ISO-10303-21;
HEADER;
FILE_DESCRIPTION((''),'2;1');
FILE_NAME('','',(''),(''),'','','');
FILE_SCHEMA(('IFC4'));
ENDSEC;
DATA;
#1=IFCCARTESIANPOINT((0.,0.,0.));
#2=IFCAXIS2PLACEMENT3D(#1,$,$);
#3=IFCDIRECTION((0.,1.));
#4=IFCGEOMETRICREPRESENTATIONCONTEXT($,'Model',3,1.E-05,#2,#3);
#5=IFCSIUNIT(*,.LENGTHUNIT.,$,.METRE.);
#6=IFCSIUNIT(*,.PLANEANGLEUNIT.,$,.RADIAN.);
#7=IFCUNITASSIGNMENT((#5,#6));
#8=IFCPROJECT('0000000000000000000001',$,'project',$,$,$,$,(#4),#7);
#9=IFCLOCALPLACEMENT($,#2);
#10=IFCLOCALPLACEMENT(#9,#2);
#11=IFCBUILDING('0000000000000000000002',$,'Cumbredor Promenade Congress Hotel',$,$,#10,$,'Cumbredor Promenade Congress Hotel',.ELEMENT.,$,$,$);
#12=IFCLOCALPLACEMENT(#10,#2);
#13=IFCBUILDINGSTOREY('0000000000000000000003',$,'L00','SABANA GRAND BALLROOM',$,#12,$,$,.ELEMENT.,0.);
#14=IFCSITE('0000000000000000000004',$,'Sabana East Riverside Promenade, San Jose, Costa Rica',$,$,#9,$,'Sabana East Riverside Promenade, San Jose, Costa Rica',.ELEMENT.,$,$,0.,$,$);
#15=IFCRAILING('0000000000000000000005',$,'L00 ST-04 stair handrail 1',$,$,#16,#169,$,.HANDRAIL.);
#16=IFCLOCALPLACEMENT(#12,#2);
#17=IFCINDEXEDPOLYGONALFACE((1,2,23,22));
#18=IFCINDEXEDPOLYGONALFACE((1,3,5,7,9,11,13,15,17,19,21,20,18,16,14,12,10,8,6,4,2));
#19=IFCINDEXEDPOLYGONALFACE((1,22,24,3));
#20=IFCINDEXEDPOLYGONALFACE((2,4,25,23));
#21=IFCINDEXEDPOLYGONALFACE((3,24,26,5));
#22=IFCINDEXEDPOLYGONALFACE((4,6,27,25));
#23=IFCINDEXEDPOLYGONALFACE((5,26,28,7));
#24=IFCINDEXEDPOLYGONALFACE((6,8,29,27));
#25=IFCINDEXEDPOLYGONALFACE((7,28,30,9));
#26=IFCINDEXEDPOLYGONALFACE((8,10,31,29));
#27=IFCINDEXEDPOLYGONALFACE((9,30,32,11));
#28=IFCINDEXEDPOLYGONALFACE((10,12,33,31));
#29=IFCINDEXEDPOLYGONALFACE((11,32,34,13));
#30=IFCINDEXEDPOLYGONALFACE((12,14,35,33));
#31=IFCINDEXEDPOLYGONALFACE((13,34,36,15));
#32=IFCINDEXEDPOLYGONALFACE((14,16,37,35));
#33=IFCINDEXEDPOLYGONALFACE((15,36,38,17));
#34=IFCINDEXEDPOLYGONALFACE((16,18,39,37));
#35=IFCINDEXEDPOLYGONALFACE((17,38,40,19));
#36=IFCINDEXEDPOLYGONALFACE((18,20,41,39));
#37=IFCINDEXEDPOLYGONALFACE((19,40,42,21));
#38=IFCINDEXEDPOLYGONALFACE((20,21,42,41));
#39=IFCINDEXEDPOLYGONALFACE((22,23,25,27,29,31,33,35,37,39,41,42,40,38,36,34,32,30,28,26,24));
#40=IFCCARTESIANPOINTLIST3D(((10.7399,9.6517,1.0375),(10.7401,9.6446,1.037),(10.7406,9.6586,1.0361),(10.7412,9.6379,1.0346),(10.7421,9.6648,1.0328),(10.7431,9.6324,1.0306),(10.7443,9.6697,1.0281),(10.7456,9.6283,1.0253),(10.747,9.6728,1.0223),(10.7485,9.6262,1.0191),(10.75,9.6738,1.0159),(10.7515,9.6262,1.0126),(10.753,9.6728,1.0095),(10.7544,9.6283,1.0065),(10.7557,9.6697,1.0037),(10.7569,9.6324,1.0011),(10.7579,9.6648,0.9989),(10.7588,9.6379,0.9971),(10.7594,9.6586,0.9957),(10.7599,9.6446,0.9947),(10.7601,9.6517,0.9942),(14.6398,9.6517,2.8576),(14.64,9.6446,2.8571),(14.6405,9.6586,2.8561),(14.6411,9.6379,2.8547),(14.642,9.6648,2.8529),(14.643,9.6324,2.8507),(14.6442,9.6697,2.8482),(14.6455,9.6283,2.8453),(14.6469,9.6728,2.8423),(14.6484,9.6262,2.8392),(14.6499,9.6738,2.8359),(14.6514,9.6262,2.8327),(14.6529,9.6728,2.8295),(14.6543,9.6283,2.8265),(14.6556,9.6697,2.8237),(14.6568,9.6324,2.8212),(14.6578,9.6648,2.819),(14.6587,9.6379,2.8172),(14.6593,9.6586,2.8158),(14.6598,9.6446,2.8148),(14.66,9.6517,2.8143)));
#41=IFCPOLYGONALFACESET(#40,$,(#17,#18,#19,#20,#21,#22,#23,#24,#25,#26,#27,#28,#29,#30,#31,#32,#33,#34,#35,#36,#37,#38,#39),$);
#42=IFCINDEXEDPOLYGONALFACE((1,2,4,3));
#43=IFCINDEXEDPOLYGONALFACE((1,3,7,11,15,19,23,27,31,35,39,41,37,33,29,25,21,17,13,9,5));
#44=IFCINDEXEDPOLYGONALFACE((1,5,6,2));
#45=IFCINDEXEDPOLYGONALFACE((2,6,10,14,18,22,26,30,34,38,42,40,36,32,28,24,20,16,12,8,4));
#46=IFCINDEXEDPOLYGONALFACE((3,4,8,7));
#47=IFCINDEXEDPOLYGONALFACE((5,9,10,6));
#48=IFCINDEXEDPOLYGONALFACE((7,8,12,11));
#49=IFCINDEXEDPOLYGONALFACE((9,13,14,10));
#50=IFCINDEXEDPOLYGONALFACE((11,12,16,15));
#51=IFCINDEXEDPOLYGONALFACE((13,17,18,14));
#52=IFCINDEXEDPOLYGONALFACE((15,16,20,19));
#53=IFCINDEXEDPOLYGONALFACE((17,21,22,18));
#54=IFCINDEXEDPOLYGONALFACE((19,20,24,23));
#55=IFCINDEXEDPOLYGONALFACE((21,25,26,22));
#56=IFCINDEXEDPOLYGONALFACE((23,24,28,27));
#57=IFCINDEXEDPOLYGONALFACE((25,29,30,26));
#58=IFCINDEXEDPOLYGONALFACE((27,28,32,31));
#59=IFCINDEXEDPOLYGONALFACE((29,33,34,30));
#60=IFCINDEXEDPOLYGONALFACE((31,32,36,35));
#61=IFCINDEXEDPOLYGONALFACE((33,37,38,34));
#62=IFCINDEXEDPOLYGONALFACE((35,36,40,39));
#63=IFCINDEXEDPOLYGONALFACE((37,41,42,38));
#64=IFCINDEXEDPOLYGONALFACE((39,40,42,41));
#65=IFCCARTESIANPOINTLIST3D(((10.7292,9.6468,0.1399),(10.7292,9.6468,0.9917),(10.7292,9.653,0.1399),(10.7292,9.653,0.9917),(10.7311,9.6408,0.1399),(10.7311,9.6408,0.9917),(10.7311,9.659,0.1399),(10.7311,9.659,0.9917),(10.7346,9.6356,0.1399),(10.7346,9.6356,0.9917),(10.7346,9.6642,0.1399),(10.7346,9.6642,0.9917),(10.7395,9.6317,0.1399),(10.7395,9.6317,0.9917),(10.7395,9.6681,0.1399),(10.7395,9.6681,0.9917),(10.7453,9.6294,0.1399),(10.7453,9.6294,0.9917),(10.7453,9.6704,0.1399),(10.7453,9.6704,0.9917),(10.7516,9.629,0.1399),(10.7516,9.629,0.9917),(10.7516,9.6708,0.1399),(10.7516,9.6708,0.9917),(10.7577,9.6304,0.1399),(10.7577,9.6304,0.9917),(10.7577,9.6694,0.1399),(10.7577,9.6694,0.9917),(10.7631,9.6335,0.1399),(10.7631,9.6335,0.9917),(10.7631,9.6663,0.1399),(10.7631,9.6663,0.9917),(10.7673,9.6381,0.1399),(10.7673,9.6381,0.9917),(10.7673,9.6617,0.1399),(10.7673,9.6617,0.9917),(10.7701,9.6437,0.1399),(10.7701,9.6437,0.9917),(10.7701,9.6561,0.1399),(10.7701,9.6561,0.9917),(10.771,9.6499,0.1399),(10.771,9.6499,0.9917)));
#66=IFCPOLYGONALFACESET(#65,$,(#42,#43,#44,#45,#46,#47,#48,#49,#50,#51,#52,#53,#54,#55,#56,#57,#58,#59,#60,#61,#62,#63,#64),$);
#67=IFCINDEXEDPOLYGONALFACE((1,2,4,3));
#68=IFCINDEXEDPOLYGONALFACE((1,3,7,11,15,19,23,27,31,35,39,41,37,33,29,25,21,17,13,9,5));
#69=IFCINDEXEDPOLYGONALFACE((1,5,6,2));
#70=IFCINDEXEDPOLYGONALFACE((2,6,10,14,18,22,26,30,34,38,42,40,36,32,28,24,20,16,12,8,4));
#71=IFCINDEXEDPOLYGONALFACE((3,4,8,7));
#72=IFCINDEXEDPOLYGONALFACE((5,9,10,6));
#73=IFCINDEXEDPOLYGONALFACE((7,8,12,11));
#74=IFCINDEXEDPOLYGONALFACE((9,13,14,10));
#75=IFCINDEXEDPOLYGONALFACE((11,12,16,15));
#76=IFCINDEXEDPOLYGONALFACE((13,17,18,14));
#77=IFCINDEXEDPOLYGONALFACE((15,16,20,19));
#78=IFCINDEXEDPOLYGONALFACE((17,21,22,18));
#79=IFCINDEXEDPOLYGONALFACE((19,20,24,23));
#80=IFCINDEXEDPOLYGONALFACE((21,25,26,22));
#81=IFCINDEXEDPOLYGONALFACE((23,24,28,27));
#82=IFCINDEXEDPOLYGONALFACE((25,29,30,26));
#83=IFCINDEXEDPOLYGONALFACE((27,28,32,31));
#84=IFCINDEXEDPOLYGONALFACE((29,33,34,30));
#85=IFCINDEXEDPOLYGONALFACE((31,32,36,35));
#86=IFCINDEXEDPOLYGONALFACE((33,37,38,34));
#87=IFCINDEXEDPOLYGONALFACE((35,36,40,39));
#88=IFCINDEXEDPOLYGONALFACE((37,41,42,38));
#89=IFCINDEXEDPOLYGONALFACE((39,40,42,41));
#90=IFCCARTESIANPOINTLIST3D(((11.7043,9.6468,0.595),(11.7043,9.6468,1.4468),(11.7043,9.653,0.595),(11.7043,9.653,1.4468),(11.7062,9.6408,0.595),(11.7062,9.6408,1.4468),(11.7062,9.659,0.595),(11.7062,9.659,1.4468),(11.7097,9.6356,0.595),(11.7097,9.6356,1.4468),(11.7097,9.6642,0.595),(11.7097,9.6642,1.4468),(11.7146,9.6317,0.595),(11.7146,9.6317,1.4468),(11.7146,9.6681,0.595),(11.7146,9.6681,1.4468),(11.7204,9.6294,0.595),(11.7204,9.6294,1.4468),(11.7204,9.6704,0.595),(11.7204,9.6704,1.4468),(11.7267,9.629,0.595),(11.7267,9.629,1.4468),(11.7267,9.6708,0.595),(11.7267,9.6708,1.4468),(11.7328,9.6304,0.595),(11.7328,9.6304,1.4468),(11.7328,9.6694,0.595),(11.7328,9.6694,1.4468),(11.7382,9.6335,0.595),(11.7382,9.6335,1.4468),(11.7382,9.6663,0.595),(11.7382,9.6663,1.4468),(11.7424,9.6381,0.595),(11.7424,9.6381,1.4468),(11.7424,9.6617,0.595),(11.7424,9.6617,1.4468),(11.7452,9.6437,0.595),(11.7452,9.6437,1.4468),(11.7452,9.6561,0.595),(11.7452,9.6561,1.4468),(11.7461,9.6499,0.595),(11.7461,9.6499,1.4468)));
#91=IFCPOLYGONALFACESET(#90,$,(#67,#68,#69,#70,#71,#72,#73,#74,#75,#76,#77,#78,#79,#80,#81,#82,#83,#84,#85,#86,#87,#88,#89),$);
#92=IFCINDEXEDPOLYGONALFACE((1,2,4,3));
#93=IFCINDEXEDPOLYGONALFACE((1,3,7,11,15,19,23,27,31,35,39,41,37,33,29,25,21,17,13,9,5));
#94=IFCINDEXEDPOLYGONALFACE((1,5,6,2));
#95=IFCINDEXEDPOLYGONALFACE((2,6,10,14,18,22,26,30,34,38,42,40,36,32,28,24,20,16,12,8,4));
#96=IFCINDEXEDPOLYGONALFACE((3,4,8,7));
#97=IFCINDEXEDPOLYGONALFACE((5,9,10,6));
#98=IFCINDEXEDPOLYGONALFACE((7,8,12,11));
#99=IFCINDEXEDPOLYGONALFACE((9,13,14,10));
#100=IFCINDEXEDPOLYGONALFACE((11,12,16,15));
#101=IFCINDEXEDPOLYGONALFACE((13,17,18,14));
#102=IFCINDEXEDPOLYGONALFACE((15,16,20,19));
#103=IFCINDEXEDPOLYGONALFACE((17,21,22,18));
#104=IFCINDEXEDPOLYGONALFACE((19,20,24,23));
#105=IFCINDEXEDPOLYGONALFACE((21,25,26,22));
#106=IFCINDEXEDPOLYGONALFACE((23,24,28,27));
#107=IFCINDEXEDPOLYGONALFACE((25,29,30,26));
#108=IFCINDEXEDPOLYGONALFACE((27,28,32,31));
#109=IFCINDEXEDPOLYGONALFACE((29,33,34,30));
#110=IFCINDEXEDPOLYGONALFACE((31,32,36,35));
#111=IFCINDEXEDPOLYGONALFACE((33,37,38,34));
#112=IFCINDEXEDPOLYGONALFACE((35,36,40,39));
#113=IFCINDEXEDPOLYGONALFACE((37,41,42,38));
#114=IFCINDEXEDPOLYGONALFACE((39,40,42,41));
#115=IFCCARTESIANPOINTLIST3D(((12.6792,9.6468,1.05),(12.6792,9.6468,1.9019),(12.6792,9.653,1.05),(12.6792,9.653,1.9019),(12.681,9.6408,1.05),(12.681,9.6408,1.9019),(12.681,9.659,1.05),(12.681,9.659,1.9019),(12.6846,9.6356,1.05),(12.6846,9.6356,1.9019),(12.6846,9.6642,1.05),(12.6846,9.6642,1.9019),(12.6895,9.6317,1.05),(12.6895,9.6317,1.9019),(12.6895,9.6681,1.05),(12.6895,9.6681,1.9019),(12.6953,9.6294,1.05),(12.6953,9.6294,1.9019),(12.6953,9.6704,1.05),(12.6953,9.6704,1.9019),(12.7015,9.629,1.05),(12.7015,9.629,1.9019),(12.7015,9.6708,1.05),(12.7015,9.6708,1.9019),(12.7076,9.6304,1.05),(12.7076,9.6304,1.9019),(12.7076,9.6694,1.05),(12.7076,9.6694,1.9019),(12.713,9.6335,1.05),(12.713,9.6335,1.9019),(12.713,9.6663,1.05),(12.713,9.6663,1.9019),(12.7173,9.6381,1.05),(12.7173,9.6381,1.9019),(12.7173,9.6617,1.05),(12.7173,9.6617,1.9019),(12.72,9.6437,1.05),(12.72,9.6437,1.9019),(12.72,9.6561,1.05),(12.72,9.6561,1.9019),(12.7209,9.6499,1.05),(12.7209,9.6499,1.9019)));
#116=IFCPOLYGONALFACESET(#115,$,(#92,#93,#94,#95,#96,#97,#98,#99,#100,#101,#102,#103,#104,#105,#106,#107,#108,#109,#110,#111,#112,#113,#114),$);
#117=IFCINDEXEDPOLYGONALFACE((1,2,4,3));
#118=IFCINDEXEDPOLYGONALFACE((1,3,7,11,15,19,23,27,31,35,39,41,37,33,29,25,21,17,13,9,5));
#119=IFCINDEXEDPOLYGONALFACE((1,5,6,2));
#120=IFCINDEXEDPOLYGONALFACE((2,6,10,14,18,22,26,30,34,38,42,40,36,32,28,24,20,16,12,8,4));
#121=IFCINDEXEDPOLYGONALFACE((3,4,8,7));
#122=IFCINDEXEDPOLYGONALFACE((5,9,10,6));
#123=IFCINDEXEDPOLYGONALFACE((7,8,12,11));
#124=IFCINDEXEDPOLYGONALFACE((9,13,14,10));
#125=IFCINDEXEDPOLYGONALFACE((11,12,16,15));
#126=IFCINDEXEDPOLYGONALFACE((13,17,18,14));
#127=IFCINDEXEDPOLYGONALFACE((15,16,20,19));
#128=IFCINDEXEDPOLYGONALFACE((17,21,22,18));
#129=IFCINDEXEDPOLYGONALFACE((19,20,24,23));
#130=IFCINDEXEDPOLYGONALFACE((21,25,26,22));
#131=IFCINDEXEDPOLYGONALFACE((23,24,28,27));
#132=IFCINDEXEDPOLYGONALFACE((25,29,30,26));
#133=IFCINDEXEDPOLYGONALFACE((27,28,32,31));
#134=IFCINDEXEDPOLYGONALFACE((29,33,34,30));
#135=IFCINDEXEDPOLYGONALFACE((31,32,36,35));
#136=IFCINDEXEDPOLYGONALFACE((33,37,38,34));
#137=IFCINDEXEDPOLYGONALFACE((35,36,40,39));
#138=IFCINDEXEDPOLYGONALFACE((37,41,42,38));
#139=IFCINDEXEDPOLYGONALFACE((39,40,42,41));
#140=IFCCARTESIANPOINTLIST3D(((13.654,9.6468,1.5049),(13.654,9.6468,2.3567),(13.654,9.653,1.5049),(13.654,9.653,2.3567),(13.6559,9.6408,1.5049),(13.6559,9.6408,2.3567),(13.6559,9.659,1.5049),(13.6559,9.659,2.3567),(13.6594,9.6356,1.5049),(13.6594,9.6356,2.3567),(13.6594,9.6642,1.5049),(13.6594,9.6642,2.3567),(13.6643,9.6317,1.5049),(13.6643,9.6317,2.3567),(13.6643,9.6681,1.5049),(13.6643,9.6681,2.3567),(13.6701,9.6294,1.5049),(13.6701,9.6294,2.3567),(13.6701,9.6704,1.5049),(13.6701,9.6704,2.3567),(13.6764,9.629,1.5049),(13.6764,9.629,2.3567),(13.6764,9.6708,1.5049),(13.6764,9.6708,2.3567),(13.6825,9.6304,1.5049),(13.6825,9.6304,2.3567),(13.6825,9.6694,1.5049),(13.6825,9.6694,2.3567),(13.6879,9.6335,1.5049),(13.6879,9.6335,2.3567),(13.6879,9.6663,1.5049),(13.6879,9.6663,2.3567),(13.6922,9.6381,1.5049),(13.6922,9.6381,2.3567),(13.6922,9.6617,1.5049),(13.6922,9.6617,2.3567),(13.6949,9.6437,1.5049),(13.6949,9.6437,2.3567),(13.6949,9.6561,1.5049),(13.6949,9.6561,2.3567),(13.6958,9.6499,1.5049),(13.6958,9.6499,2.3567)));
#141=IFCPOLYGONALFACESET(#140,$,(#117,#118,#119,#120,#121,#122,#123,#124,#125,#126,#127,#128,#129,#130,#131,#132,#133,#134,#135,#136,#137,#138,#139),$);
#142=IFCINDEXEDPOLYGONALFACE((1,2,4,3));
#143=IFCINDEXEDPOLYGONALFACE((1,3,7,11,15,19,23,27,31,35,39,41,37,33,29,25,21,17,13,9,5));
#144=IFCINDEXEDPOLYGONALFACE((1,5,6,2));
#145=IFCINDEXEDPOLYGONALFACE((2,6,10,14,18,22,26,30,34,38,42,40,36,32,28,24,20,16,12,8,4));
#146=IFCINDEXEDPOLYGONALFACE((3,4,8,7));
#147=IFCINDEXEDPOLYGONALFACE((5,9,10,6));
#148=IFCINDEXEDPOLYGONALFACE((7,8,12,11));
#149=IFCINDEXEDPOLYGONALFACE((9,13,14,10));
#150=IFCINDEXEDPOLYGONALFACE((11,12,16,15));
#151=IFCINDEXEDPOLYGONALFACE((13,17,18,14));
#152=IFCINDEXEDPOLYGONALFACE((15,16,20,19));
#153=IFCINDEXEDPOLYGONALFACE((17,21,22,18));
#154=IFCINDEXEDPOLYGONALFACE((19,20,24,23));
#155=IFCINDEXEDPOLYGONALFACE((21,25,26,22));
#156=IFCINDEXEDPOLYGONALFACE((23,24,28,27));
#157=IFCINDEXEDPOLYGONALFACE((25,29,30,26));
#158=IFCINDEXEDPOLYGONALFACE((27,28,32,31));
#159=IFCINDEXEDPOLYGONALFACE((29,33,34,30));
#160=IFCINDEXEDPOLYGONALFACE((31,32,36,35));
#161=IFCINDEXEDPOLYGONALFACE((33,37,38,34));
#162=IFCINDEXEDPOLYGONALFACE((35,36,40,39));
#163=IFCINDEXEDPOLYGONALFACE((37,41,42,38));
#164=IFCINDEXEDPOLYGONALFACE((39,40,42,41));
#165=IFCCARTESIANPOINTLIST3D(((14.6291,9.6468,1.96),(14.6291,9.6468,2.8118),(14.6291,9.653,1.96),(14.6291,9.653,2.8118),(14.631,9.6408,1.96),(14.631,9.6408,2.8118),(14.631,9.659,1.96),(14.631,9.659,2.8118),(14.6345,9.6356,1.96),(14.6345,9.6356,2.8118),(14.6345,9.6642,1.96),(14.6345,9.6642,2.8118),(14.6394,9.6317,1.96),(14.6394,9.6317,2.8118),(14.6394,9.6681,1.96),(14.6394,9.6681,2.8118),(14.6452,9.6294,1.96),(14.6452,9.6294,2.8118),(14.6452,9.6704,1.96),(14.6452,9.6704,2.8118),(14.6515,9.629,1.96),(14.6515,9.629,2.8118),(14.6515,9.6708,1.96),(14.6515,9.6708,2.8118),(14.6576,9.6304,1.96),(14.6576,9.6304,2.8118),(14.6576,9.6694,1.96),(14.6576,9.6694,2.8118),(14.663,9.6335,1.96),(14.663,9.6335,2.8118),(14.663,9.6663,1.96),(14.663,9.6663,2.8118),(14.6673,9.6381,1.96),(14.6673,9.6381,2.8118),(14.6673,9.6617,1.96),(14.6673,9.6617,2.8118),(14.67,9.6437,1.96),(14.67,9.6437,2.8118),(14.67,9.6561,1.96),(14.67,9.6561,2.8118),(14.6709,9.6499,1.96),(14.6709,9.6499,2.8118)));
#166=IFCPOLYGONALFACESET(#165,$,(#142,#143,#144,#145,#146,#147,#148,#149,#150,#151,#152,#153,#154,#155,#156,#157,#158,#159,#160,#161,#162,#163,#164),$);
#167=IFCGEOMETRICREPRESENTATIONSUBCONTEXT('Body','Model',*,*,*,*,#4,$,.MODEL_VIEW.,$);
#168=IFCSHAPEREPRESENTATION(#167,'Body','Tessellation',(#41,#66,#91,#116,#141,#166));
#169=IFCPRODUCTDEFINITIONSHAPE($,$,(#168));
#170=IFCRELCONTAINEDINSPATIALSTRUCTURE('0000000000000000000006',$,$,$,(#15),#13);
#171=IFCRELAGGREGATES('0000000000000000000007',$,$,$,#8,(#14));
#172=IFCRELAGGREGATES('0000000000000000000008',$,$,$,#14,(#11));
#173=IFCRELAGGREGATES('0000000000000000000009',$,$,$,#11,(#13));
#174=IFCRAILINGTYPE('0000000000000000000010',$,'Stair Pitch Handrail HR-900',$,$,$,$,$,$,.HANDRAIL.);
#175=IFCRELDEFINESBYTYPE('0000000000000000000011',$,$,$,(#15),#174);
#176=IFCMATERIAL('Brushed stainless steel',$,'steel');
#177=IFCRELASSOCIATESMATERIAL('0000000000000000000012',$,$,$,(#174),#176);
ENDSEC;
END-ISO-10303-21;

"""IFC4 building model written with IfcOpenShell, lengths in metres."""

from ifc_helpers import new_model, si_unit, direction, frame, origin, origin_2d, place, context, subcontext, project, spatial, circle, extrude, material, type_object, element, save


model = new_model("IFC4")

# Units and contexts
model_context = context("Model", 3, precision=1e-05, world=origin(), true_north=direction((0.0, 1.0)))
body_context = subcontext(model_context, "Body", "Model", "MODEL_VIEW")
ifc_project = project(units=[si_unit("LENGTHUNIT", "METRE"), si_unit("PLANEANGLEUNIT", "RADIAN")], contexts=[model_context])

# Site, building, storey
site_placement = place(None, origin())
site = spatial("IfcSite", under=ifc_project, at=site_placement, Name="Sabana East Riverside Promenade, San Jose, Costa Rica", LongName="Sabana East Riverside Promenade, San Jose, Costa Rica", CompositionType="ELEMENT", RefElevation=0.0)
building_placement = place(site_placement, origin())
building = spatial("IfcBuilding", under=site, at=building_placement, Name="Cumbredor Promenade Congress Hotel", LongName="Cumbredor Promenade Congress Hotel", CompositionType="ELEMENT")
storey_placement = place(building_placement, origin())
storey = spatial("IfcBuildingStorey", under=building, at=storey_placement, Name="L00", Description="SABANA GRAND BALLROOM", CompositionType="ELEMENT", Elevation=0.0)

# Railing
ifc_material_1 = material(Name="Brushed stainless steel", Category="steel")
railing_type_1 = type_object("IfcRailingType", Name="Stair Pitch Handrail HR-900", PredefinedType="HANDRAIL", material=ifc_material_1)
railing_1_placement = place(storey_placement, frame((10.75, 9.6499, 0.1399)))
element("IfcRailing", 1, at=railing_1_placement, inside=storey, type_object=railing_type_1, Name="L00 ST-04 stair handrail 1", PredefinedType="HANDRAIL", context=body_context, shape_type="SweptSolid", body=[
    extrude(circle(Radius=0.0239, at=origin_2d()), frame((0.0, 0.0, 0.876), z_axis=(0.906173, 0.0, 0.422907), x_axis=(0.0, 1.0, 0.0)), (0.0, 0.0, 1.0), 4.3037),
    extrude(circle(Radius=0.021, at=origin_2d()), origin(), (0.0, 0.0, 1.0), 0.8518),
    extrude(circle(Radius=0.021, at=origin_2d()), frame((0.9751, 0.0, 0.4551)), (0.0, 0.0, 1.0), 0.8518),
    extrude(circle(Radius=0.021, at=origin_2d()), frame((1.95, 0.0, 0.9102)), (0.0, 0.0, 1.0), 0.8518),
    extrude(circle(Radius=0.021, at=origin_2d()), frame((2.9248, 0.0, 1.365)), (0.0, 0.0, 1.0), 0.8518),
    extrude(circle(Radius=0.021, at=origin_2d()), frame((3.8999, 0.0, 1.8201)), (0.0, 0.0, 1.0), 0.8518),
])

save(model, "model.ifc")
